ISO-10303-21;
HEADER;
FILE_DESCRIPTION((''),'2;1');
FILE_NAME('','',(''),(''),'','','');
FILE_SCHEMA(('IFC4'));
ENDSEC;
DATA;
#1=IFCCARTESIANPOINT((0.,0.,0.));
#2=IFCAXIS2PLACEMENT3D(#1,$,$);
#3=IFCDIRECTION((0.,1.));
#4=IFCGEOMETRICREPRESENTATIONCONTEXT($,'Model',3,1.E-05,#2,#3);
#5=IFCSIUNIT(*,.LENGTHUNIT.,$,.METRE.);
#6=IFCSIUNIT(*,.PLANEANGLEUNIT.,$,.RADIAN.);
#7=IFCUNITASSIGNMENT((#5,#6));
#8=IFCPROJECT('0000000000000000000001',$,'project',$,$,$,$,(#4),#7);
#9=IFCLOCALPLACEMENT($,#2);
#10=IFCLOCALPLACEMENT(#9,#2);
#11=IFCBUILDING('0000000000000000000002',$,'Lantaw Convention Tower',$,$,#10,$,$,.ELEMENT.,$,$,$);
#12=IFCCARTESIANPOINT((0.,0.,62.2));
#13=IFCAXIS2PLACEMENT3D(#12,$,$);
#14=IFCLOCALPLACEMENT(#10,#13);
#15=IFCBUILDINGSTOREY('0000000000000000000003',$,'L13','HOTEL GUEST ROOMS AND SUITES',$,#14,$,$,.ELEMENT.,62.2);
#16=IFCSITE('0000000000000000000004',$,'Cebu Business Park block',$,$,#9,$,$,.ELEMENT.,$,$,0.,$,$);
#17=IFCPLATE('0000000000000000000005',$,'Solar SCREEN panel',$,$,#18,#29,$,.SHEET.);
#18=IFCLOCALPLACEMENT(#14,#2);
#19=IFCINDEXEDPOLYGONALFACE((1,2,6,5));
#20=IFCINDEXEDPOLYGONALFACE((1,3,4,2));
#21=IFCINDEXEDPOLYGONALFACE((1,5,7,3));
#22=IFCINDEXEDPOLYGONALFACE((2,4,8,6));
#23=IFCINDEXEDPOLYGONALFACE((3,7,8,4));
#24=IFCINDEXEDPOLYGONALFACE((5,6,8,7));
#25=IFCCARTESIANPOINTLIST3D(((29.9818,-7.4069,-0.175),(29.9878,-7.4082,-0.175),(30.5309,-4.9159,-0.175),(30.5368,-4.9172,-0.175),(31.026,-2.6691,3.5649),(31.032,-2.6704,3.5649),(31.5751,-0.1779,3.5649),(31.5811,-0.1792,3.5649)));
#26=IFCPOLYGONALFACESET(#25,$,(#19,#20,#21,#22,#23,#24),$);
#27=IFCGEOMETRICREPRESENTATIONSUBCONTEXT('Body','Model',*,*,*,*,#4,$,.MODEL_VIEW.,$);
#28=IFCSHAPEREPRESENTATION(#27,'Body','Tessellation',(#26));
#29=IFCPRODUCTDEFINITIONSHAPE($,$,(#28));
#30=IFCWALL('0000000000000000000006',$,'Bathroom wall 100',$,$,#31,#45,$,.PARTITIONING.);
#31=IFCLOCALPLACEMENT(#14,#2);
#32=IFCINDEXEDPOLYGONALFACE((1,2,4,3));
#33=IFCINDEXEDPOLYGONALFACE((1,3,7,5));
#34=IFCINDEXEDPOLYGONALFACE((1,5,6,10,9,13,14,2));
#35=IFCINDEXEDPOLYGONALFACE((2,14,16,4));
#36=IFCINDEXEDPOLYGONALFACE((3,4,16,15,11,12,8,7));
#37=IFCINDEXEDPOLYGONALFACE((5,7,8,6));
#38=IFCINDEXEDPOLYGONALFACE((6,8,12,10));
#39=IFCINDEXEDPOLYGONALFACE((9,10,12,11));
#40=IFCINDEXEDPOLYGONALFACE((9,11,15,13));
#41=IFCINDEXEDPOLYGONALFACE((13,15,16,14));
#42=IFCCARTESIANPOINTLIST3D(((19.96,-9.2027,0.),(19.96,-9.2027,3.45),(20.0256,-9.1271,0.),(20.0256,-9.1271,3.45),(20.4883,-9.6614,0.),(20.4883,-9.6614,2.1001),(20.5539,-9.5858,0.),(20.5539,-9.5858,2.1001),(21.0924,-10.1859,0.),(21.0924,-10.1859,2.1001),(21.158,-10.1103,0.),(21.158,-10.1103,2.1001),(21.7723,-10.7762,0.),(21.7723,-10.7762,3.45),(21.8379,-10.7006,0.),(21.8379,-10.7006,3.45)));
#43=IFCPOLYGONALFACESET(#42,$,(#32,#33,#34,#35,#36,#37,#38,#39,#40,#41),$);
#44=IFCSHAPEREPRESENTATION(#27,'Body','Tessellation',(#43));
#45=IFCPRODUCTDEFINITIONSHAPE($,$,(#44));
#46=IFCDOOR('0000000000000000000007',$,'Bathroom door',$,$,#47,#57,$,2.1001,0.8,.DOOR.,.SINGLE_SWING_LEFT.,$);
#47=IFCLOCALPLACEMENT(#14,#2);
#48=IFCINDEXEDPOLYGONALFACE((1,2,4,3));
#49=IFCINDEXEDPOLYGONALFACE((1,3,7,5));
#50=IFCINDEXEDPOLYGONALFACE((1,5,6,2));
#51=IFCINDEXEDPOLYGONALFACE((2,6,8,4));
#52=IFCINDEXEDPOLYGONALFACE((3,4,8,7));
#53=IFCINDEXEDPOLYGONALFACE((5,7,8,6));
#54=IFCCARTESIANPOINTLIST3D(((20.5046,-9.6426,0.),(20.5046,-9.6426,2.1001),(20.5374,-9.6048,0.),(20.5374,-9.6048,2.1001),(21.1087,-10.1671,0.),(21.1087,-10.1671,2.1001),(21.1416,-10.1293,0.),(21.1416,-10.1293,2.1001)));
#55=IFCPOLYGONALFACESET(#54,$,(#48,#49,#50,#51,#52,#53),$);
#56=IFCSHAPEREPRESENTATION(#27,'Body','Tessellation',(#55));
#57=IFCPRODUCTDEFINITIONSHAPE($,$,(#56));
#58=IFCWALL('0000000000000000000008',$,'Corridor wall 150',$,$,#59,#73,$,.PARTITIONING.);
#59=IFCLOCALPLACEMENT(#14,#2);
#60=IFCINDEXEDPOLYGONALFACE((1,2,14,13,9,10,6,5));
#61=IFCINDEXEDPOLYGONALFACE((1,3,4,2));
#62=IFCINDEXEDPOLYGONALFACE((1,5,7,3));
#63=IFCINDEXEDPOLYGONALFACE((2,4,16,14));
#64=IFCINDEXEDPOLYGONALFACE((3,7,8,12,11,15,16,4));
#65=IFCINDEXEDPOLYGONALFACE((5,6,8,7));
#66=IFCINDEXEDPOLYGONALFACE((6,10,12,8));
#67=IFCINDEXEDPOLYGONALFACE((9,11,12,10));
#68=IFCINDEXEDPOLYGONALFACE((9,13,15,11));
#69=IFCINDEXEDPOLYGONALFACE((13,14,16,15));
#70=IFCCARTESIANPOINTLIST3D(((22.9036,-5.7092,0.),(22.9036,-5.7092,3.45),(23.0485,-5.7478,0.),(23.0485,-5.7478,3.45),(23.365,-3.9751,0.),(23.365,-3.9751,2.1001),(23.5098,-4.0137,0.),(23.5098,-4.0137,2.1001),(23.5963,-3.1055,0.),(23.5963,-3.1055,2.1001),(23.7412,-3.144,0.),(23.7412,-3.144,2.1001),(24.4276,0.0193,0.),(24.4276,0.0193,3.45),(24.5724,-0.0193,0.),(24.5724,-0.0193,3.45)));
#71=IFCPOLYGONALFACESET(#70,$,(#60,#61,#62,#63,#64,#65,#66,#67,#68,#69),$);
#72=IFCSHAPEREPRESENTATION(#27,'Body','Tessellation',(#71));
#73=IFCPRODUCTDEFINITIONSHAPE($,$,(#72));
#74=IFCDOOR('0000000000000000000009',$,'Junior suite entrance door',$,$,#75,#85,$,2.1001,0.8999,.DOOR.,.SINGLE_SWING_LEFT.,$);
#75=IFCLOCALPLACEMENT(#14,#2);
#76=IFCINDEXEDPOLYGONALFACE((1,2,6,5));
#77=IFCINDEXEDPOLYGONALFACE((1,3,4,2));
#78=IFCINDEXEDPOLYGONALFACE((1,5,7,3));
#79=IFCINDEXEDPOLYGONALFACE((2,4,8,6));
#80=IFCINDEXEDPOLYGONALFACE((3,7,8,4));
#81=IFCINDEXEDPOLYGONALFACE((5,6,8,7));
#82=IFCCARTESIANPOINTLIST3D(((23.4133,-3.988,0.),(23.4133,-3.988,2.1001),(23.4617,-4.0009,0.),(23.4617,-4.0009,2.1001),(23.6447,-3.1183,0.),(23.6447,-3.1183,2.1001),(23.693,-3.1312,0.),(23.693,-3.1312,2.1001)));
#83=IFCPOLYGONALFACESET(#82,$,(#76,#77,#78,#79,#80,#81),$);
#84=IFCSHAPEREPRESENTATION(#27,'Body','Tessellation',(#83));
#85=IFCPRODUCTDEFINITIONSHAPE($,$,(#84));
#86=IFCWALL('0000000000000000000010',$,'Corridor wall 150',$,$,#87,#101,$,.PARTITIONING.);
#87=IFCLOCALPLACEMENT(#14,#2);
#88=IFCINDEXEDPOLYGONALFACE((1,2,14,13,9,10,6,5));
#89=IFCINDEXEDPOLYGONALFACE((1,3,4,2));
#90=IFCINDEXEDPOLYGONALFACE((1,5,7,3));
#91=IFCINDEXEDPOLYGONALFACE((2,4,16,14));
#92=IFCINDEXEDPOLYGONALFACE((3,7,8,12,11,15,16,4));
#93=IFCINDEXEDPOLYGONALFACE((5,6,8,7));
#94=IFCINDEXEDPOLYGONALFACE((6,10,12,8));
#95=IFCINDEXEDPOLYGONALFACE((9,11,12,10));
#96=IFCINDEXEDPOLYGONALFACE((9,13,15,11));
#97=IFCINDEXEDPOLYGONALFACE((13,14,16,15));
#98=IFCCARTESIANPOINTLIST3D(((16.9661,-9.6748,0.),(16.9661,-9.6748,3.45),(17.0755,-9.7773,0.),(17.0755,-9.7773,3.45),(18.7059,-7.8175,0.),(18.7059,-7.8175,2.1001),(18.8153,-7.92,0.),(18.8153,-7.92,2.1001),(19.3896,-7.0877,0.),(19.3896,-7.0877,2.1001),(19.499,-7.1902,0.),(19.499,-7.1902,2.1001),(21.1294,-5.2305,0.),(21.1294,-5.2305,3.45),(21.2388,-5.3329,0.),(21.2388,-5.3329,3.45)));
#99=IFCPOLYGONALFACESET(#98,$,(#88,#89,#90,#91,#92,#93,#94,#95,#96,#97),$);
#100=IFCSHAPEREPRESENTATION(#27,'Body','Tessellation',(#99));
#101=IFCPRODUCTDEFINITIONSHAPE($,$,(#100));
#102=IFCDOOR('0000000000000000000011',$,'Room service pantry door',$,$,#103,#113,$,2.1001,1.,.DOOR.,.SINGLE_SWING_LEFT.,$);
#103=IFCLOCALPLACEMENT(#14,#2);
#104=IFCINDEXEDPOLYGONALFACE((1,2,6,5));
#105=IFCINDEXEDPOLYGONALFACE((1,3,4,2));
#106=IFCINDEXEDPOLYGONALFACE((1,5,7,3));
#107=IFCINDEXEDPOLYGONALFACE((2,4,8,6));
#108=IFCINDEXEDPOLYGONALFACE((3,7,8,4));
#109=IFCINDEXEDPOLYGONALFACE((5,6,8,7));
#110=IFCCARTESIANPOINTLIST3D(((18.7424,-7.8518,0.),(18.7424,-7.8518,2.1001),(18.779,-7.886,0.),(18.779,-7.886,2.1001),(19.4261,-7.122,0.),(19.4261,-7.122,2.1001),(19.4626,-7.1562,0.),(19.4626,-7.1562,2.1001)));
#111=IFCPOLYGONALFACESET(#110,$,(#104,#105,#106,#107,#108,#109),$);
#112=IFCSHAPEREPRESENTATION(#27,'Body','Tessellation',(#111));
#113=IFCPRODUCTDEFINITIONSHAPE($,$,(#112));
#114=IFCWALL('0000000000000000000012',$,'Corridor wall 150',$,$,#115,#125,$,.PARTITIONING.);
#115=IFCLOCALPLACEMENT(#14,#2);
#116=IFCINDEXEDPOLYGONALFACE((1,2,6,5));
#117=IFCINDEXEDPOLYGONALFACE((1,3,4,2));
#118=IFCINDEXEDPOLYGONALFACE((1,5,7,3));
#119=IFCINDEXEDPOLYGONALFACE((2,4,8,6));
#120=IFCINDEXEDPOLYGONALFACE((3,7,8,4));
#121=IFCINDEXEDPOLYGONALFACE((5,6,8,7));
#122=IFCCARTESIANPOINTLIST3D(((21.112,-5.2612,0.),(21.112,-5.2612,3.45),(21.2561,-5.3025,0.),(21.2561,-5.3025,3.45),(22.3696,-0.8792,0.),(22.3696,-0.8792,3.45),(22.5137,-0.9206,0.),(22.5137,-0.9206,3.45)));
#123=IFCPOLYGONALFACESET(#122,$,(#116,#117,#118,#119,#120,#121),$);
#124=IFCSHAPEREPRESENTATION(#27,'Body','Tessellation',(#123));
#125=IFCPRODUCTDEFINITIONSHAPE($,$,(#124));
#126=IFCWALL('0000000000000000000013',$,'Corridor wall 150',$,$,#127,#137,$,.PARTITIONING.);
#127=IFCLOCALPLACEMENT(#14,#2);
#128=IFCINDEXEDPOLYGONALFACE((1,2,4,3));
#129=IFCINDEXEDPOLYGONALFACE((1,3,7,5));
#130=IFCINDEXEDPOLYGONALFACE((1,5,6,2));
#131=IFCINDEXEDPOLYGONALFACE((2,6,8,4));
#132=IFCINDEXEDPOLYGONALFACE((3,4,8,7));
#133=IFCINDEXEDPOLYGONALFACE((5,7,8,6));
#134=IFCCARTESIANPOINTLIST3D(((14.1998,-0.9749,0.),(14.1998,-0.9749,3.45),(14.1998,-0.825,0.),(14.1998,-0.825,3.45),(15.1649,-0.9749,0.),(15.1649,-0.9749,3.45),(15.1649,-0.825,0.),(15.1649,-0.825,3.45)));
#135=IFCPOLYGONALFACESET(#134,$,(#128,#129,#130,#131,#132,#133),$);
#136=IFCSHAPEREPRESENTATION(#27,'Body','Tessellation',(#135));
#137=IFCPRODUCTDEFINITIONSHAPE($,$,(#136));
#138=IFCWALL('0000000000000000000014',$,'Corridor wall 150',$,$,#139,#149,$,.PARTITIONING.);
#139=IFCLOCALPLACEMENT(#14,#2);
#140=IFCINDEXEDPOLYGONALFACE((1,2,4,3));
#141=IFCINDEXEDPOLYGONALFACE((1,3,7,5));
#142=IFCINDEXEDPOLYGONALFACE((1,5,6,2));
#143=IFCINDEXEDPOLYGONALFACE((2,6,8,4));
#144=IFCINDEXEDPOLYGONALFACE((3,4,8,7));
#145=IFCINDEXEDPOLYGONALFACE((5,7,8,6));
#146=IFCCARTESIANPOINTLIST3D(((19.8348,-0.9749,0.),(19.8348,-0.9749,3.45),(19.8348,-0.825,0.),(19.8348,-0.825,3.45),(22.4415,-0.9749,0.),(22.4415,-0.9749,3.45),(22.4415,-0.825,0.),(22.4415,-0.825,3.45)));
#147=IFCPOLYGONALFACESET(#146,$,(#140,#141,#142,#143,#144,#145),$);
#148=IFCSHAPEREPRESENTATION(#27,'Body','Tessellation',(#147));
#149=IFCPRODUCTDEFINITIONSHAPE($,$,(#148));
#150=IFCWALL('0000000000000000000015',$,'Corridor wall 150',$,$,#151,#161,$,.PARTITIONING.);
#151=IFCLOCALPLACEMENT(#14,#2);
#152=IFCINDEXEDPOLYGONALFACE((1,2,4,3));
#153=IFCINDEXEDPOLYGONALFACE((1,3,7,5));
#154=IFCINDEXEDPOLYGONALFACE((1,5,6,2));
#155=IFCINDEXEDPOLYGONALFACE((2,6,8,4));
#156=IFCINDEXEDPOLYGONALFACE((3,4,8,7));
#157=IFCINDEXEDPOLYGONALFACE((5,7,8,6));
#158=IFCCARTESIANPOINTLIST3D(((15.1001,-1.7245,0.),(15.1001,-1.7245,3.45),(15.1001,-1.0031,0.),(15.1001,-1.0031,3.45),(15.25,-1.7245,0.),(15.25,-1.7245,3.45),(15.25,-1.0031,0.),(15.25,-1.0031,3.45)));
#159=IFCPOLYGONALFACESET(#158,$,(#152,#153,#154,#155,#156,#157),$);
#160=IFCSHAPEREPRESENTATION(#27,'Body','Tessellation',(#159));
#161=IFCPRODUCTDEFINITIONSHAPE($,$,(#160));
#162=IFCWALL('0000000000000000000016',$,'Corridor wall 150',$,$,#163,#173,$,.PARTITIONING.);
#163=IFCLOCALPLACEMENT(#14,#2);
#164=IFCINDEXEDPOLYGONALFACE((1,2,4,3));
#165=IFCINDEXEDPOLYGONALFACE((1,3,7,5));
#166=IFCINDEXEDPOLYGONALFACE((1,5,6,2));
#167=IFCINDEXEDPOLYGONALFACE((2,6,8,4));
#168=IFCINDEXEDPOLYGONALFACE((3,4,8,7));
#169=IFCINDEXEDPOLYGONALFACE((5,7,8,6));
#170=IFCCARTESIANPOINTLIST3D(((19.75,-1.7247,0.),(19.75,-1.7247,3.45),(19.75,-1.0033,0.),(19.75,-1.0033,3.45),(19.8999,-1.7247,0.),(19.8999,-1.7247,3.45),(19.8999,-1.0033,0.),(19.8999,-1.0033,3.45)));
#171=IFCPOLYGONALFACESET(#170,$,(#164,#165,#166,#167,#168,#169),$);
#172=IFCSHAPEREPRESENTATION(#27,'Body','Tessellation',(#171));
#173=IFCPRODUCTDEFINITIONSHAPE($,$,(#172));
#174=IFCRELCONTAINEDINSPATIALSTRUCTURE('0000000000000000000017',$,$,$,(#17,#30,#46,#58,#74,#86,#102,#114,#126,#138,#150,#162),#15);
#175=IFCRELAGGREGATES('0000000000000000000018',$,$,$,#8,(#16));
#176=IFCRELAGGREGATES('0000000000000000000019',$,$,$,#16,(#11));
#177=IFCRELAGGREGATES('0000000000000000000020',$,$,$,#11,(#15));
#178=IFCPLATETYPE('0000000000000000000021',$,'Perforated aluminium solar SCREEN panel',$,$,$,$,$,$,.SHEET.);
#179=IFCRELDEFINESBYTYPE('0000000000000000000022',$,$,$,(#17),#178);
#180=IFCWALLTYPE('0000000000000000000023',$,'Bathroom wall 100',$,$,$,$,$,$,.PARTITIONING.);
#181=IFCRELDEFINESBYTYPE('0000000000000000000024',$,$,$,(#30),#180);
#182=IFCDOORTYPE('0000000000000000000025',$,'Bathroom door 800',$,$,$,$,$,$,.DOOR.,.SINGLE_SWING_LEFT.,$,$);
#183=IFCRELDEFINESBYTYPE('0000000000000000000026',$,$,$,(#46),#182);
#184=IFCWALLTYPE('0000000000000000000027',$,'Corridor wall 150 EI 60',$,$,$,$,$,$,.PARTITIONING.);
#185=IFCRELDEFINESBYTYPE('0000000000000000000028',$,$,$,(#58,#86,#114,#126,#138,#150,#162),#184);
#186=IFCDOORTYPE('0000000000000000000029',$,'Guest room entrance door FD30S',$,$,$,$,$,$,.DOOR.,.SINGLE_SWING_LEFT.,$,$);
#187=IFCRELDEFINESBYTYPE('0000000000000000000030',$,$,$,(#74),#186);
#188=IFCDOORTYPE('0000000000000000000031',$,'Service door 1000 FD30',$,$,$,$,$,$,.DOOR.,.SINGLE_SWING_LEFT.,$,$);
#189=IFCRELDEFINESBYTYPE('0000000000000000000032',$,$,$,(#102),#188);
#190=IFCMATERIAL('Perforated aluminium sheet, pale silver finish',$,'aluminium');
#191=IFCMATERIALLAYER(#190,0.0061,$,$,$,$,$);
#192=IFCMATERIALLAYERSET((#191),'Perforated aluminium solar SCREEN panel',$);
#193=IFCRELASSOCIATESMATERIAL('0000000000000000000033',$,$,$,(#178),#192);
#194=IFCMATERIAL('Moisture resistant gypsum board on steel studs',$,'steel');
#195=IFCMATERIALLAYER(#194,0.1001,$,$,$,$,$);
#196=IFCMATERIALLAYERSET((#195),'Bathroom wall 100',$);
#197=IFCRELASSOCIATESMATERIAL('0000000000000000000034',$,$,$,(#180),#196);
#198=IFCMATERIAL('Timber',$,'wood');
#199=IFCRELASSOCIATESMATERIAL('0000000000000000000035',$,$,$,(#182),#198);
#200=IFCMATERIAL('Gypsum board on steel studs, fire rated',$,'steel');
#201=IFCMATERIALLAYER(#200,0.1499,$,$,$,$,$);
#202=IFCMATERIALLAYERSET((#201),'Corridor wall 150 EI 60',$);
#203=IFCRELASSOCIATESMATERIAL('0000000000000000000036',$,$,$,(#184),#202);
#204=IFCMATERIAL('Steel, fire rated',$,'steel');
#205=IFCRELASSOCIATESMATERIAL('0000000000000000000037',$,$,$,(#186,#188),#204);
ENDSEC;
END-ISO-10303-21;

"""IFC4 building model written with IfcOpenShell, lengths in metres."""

from ifc_helpers import new_model, si_unit, direction, frame, frame_2d, origin, place, context, subcontext, project, spatial, polyline, rectangle, outline, extrude, material, layer, layer_set, type_object, element, fill, save


model = new_model("IFC4")

# Units and contexts
model_context = context("Model", 3, precision=1e-05, world=origin(), true_north=direction((0.0, 1.0)))
body_context = subcontext(model_context, "Body", "Model", "MODEL_VIEW")
ifc_project = project(units=[si_unit("LENGTHUNIT", "METRE"), si_unit("PLANEANGLEUNIT", "RADIAN")], contexts=[model_context])

# Site, building, storey
site_placement = place(None, origin())
site = spatial("IfcSite", under=ifc_project, at=site_placement, Name="Cebu Business Park block", CompositionType="ELEMENT", RefElevation=0.0)
building_placement = place(site_placement, origin())
building = spatial("IfcBuilding", under=site, at=building_placement, Name="Lantaw Convention Tower", CompositionType="ELEMENT")
storey_placement = place(building_placement, frame((0.0, 0.0, 62.2)))
storey = spatial("IfcBuildingStorey", under=building, at=storey_placement, Name="L13", Description="HOTEL GUEST ROOMS AND SUITES", CompositionType="ELEMENT", Elevation=62.2)

# Plate
ifc_material_1 = material(Name="Perforated aluminium sheet, pale silver finish", Category="aluminium")
ifc_layer_1 = layer(ifc_material_1, 0.0061)
ifc_layer_set_1 = layer_set([ifc_layer_1], Name="Perforated aluminium solar SCREEN panel")
plate_type = type_object("IfcPlateType", Name="Perforated aluminium solar SCREEN panel", PredefinedType="SHEET", material=ifc_layer_set_1)
plate_placement = place(storey_placement, frame((29.9878, -7.4082, -0.175), z_axis=(0.976559, -0.215248, 0.00003), x_axis=(0.215248, 0.976559, 0.0)))
element("IfcPlate", 1, at=plate_placement, inside=storey, type_object=plate_type, Name="Solar SCREEN panel", PredefinedType="SHEET", context=body_context, shape_type="SweptSolid", body=[
    extrude(outline(polyline([(0.0, 0.0), (2.5508, 0.0), (7.4025, 3.74), (4.8515, 3.74), (0.0, 0.0)])), origin(), (0.0, 0.0, -1.0), 0.0061),
])

# Walls, openings, doors
ifc_material_2 = material(Name="Moisture resistant gypsum board on steel studs", Category="steel")
ifc_layer_2 = layer(ifc_material_2, 0.1001)
ifc_layer_set_2 = layer_set([ifc_layer_2], Name="Bathroom wall 100")
wall_type_1 = type_object("IfcWallType", Name="Bathroom wall 100", PredefinedType="PARTITIONING", material=ifc_layer_set_2)
wall_1_placement = place(storey_placement, frame((19.9927, -9.1648, 0.0), z_axis=(0.0, 0.0, 1.0), x_axis=(0.755098, -0.655612, 0.0)))
wall_1 = element("IfcWall", 2, at=wall_1_placement, inside=storey, type_object=wall_type_1, Name="Bathroom wall 100", PredefinedType="PARTITIONING", context=body_context, shape_type="SweptSolid", body=[
    extrude(rectangle(XDim=2.4001, YDim=0.1001, at=frame_2d((1.2002, 0.0))), origin(), (0.0, 0.0, 1.0), 3.45),
])
opening_1_placement = place(wall_1_placement, frame((0.7, 0.0, 0.0)))
opening_1 = element("IfcOpeningElement", 3, at=opening_1_placement, cuts=wall_1, PredefinedType="OPENING", context=body_context, shape_type="SweptSolid", body=[
    extrude(rectangle(XDim=0.8, YDim=2.1001, at=frame_2d((0.3999, 1.05))), frame((0.0, 0.0601, 0.0), z_axis=(0.0, -1.0, 0.0), x_axis=(1.0, 0.0, 0.0)), (0.0, 0.0, 1.0), 0.1201),
])
ifc_material_3 = material(Name="Timber", Category="wood")
door_type_1 = type_object("IfcDoorType", Name="Bathroom door 800", OperationType="SINGLE_SWING_LEFT", PredefinedType="DOOR", material=ifc_material_3)
door_1_placement = place(opening_1_placement, origin())
door_1 = element("IfcDoor", 4, at=door_1_placement, inside=storey, type_object=door_type_1, Name="Bathroom door", OperationType="SINGLE_SWING_LEFT", OverallHeight=2.1001, OverallWidth=0.8, PredefinedType="DOOR", context=body_context, shape_type="SweptSolid", body=[
    extrude(rectangle(XDim=0.8, YDim=2.1001, at=frame_2d((0.3999, 1.05))), frame((0.0, 0.0249, 0.0), z_axis=(0.0, -1.0, 0.0), x_axis=(1.0, 0.0, 0.0)), (0.0, 0.0, 1.0), 0.05),
])
fill(opening_1, door_1)
ifc_material_4 = material(Name="Gypsum board on steel studs, fire rated", Category="steel")
ifc_layer_3 = layer(ifc_material_4, 0.1499)
ifc_layer_set_3 = layer_set([ifc_layer_3], Name="Corridor wall 150 EI 60")
wall_type_2 = type_object("IfcWallType", Name="Corridor wall 150 EI 60", PredefinedType="PARTITIONING", material=ifc_layer_set_3)
wall_2_placement = place(storey_placement, frame((22.9761, -5.7285, 0.0), z_axis=(0.0, 0.0, 1.0), x_axis=(0.257083, 0.966389, 0.0)))
wall_2 = element("IfcWall", 5, at=wall_2_placement, inside=storey, type_object=wall_type_2, Name="Corridor wall 150", PredefinedType="PARTITIONING", context=body_context, shape_type="SweptSolid", body=[
    extrude(rectangle(XDim=5.9277, YDim=0.1499, at=frame_2d((2.9639, 0.0))), origin(), (0.0, 0.0, 1.0), 3.45),
])
opening_2_placement = place(wall_2_placement, frame((1.7944, 0.0, 0.0)))
opening_2 = element("IfcOpeningElement", 6, at=opening_2_placement, cuts=wall_2, PredefinedType="OPENING", context=body_context, shape_type="SweptSolid", body=[
    extrude(rectangle(XDim=0.8999, YDim=2.1001, at=frame_2d((0.45, 1.05))), frame((0.0, 0.085, 0.0), z_axis=(0.0, -1.0, 0.0), x_axis=(1.0, 0.0, 0.0)), (0.0, 0.0, 1.0), 0.1699),
])
ifc_material_5 = material(Name="Steel, fire rated", Category="steel")
door_type_2 = type_object("IfcDoorType", Name="Guest room entrance door FD30S", OperationType="SINGLE_SWING_LEFT", PredefinedType="DOOR", material=ifc_material_5)
door_2_placement = place(opening_2_placement, origin())
door_2 = element("IfcDoor", 7, at=door_2_placement, inside=storey, type_object=door_type_2, Name="Junior suite entrance door", OperationType="SINGLE_SWING_LEFT", OverallHeight=2.1001, OverallWidth=0.8999, PredefinedType="DOOR", context=body_context, shape_type="SweptSolid", body=[
    extrude(rectangle(XDim=0.8999, YDim=2.1001, at=frame_2d((0.45, 1.05))), frame((0.0, 0.0249, 0.0), z_axis=(0.0, -1.0, 0.0), x_axis=(1.0, 0.0, 0.0)), (0.0, 0.0, 1.0), 0.05),
])
fill(opening_2, door_2)
wall_3_placement = place(storey_placement, frame((17.0208, -9.7261, 0.0), z_axis=(0.0, 0.0, 1.0), x_axis=(0.683658, 0.729802, 0.0)))
wall_3 = element("IfcWall", 8, at=wall_3_placement, inside=storey, type_object=wall_type_2, Name="Corridor wall 150", PredefinedType="PARTITIONING", context=body_context, shape_type="SweptSolid", body=[
    extrude(rectangle(XDim=6.0898, YDim=0.1499, at=frame_2d((3.0449, 0.0))), origin(), (0.0, 0.0, 1.0), 3.45),
])
opening_3_placement = place(wall_3_placement, frame((2.5449, 0.0, 0.0)))
opening_3 = element("IfcOpeningElement", 9, at=opening_3_placement, cuts=wall_3, PredefinedType="OPENING", context=body_context, shape_type="SweptSolid", body=[
    extrude(rectangle(XDim=1.0, YDim=2.1001, at=frame_2d((0.5, 1.05))), frame((0.0, 0.085, 0.0), z_axis=(0.0, -1.0, 0.0), x_axis=(1.0, 0.0, 0.0)), (0.0, 0.0, 1.0), 0.1699),
])
door_type_3 = type_object("IfcDoorType", Name="Service door 1000 FD30", OperationType="SINGLE_SWING_LEFT", PredefinedType="DOOR", material=ifc_material_5)
door_3_placement = place(opening_3_placement, origin())
door_3 = element("IfcDoor", 10, at=door_3_placement, inside=storey, type_object=door_type_3, Name="Room service pantry door", OperationType="SINGLE_SWING_LEFT", OverallHeight=2.1001, OverallWidth=1.0, PredefinedType="DOOR", context=body_context, shape_type="SweptSolid", body=[
    extrude(rectangle(XDim=1.0, YDim=2.1001, at=frame_2d((0.5, 1.05))), frame((0.0, 0.0249, 0.0), z_axis=(0.0, -1.0, 0.0), x_axis=(1.0, 0.0, 0.0)), (0.0, 0.0, 1.0), 0.05),
])
fill(opening_3, door_3)

# Walls
wall_4_placement = place(storey_placement, frame((21.1841, -5.2817, 0.0), z_axis=(0.0, 0.0, 1.0), x_axis=(0.27586, 0.961198, 0.0)))
element("IfcWall", 11, at=wall_4_placement, inside=storey, type_object=wall_type_2, Name="Corridor wall 150", PredefinedType="PARTITIONING", context=body_context, shape_type="SweptSolid", body=[
    extrude(rectangle(XDim=4.5588, YDim=0.1499, at=frame_2d((2.2793, 0.0))), origin(), (0.0, 0.0, 1.0), 3.45),
])
wall_5_placement = place(storey_placement, frame((14.2, -0.8999, 0.0), z_axis=(0.0, 0.0, 1.0), x_axis=(1.0, 0.0, 0.0)))
element("IfcWall", 12, at=wall_5_placement, inside=storey, type_object=wall_type_2, Name="Corridor wall 150", PredefinedType="PARTITIONING", context=body_context, shape_type="SweptSolid", body=[
    extrude(rectangle(XDim=0.9651, YDim=0.1499, at=frame_2d((0.4824, 0.0))), origin(), (0.0, 0.0, 1.0), 3.45),
])
wall_6_placement = place(storey_placement, frame((19.835, -0.8999, 0.0), z_axis=(0.0, 0.0, 1.0), x_axis=(1.0, 0.0, 0.0)))
element("IfcWall", 13, at=wall_6_placement, inside=storey, type_object=wall_type_2, Name="Corridor wall 150", PredefinedType="PARTITIONING", context=body_context, shape_type="SweptSolid", body=[
    extrude(rectangle(XDim=2.6067, YDim=0.1499, at=frame_2d((1.3032, 0.0))), origin(), (0.0, 0.0, 1.0), 3.45),
])
for number, where, z_axis, x_axis, name in (
    (14, (15.175, -1.7246, 0.0), (0.0, 0.0, 1.0), (0.0, 1.0, 0.0), "Corridor wall 150"),
    (15, (19.825, -1.0032, 0.0), (0.0, 0.0, 1.0), (0.0, -1.0, 0.0), "Corridor wall 150"),
):
    element("IfcWall", number, at=place(storey_placement, frame(where, z_axis=z_axis, x_axis=x_axis)), inside=storey, type_object=wall_type_2, Name=name, PredefinedType="PARTITIONING", context=body_context, shape_type="SweptSolid", body=[
        extrude(rectangle(XDim=0.7214, YDim=0.1499, at=frame_2d((0.3608, 0.0))), origin(), (0.0, 0.0, 1.0), 3.45),
    ])

save(model, "model.ifc")
